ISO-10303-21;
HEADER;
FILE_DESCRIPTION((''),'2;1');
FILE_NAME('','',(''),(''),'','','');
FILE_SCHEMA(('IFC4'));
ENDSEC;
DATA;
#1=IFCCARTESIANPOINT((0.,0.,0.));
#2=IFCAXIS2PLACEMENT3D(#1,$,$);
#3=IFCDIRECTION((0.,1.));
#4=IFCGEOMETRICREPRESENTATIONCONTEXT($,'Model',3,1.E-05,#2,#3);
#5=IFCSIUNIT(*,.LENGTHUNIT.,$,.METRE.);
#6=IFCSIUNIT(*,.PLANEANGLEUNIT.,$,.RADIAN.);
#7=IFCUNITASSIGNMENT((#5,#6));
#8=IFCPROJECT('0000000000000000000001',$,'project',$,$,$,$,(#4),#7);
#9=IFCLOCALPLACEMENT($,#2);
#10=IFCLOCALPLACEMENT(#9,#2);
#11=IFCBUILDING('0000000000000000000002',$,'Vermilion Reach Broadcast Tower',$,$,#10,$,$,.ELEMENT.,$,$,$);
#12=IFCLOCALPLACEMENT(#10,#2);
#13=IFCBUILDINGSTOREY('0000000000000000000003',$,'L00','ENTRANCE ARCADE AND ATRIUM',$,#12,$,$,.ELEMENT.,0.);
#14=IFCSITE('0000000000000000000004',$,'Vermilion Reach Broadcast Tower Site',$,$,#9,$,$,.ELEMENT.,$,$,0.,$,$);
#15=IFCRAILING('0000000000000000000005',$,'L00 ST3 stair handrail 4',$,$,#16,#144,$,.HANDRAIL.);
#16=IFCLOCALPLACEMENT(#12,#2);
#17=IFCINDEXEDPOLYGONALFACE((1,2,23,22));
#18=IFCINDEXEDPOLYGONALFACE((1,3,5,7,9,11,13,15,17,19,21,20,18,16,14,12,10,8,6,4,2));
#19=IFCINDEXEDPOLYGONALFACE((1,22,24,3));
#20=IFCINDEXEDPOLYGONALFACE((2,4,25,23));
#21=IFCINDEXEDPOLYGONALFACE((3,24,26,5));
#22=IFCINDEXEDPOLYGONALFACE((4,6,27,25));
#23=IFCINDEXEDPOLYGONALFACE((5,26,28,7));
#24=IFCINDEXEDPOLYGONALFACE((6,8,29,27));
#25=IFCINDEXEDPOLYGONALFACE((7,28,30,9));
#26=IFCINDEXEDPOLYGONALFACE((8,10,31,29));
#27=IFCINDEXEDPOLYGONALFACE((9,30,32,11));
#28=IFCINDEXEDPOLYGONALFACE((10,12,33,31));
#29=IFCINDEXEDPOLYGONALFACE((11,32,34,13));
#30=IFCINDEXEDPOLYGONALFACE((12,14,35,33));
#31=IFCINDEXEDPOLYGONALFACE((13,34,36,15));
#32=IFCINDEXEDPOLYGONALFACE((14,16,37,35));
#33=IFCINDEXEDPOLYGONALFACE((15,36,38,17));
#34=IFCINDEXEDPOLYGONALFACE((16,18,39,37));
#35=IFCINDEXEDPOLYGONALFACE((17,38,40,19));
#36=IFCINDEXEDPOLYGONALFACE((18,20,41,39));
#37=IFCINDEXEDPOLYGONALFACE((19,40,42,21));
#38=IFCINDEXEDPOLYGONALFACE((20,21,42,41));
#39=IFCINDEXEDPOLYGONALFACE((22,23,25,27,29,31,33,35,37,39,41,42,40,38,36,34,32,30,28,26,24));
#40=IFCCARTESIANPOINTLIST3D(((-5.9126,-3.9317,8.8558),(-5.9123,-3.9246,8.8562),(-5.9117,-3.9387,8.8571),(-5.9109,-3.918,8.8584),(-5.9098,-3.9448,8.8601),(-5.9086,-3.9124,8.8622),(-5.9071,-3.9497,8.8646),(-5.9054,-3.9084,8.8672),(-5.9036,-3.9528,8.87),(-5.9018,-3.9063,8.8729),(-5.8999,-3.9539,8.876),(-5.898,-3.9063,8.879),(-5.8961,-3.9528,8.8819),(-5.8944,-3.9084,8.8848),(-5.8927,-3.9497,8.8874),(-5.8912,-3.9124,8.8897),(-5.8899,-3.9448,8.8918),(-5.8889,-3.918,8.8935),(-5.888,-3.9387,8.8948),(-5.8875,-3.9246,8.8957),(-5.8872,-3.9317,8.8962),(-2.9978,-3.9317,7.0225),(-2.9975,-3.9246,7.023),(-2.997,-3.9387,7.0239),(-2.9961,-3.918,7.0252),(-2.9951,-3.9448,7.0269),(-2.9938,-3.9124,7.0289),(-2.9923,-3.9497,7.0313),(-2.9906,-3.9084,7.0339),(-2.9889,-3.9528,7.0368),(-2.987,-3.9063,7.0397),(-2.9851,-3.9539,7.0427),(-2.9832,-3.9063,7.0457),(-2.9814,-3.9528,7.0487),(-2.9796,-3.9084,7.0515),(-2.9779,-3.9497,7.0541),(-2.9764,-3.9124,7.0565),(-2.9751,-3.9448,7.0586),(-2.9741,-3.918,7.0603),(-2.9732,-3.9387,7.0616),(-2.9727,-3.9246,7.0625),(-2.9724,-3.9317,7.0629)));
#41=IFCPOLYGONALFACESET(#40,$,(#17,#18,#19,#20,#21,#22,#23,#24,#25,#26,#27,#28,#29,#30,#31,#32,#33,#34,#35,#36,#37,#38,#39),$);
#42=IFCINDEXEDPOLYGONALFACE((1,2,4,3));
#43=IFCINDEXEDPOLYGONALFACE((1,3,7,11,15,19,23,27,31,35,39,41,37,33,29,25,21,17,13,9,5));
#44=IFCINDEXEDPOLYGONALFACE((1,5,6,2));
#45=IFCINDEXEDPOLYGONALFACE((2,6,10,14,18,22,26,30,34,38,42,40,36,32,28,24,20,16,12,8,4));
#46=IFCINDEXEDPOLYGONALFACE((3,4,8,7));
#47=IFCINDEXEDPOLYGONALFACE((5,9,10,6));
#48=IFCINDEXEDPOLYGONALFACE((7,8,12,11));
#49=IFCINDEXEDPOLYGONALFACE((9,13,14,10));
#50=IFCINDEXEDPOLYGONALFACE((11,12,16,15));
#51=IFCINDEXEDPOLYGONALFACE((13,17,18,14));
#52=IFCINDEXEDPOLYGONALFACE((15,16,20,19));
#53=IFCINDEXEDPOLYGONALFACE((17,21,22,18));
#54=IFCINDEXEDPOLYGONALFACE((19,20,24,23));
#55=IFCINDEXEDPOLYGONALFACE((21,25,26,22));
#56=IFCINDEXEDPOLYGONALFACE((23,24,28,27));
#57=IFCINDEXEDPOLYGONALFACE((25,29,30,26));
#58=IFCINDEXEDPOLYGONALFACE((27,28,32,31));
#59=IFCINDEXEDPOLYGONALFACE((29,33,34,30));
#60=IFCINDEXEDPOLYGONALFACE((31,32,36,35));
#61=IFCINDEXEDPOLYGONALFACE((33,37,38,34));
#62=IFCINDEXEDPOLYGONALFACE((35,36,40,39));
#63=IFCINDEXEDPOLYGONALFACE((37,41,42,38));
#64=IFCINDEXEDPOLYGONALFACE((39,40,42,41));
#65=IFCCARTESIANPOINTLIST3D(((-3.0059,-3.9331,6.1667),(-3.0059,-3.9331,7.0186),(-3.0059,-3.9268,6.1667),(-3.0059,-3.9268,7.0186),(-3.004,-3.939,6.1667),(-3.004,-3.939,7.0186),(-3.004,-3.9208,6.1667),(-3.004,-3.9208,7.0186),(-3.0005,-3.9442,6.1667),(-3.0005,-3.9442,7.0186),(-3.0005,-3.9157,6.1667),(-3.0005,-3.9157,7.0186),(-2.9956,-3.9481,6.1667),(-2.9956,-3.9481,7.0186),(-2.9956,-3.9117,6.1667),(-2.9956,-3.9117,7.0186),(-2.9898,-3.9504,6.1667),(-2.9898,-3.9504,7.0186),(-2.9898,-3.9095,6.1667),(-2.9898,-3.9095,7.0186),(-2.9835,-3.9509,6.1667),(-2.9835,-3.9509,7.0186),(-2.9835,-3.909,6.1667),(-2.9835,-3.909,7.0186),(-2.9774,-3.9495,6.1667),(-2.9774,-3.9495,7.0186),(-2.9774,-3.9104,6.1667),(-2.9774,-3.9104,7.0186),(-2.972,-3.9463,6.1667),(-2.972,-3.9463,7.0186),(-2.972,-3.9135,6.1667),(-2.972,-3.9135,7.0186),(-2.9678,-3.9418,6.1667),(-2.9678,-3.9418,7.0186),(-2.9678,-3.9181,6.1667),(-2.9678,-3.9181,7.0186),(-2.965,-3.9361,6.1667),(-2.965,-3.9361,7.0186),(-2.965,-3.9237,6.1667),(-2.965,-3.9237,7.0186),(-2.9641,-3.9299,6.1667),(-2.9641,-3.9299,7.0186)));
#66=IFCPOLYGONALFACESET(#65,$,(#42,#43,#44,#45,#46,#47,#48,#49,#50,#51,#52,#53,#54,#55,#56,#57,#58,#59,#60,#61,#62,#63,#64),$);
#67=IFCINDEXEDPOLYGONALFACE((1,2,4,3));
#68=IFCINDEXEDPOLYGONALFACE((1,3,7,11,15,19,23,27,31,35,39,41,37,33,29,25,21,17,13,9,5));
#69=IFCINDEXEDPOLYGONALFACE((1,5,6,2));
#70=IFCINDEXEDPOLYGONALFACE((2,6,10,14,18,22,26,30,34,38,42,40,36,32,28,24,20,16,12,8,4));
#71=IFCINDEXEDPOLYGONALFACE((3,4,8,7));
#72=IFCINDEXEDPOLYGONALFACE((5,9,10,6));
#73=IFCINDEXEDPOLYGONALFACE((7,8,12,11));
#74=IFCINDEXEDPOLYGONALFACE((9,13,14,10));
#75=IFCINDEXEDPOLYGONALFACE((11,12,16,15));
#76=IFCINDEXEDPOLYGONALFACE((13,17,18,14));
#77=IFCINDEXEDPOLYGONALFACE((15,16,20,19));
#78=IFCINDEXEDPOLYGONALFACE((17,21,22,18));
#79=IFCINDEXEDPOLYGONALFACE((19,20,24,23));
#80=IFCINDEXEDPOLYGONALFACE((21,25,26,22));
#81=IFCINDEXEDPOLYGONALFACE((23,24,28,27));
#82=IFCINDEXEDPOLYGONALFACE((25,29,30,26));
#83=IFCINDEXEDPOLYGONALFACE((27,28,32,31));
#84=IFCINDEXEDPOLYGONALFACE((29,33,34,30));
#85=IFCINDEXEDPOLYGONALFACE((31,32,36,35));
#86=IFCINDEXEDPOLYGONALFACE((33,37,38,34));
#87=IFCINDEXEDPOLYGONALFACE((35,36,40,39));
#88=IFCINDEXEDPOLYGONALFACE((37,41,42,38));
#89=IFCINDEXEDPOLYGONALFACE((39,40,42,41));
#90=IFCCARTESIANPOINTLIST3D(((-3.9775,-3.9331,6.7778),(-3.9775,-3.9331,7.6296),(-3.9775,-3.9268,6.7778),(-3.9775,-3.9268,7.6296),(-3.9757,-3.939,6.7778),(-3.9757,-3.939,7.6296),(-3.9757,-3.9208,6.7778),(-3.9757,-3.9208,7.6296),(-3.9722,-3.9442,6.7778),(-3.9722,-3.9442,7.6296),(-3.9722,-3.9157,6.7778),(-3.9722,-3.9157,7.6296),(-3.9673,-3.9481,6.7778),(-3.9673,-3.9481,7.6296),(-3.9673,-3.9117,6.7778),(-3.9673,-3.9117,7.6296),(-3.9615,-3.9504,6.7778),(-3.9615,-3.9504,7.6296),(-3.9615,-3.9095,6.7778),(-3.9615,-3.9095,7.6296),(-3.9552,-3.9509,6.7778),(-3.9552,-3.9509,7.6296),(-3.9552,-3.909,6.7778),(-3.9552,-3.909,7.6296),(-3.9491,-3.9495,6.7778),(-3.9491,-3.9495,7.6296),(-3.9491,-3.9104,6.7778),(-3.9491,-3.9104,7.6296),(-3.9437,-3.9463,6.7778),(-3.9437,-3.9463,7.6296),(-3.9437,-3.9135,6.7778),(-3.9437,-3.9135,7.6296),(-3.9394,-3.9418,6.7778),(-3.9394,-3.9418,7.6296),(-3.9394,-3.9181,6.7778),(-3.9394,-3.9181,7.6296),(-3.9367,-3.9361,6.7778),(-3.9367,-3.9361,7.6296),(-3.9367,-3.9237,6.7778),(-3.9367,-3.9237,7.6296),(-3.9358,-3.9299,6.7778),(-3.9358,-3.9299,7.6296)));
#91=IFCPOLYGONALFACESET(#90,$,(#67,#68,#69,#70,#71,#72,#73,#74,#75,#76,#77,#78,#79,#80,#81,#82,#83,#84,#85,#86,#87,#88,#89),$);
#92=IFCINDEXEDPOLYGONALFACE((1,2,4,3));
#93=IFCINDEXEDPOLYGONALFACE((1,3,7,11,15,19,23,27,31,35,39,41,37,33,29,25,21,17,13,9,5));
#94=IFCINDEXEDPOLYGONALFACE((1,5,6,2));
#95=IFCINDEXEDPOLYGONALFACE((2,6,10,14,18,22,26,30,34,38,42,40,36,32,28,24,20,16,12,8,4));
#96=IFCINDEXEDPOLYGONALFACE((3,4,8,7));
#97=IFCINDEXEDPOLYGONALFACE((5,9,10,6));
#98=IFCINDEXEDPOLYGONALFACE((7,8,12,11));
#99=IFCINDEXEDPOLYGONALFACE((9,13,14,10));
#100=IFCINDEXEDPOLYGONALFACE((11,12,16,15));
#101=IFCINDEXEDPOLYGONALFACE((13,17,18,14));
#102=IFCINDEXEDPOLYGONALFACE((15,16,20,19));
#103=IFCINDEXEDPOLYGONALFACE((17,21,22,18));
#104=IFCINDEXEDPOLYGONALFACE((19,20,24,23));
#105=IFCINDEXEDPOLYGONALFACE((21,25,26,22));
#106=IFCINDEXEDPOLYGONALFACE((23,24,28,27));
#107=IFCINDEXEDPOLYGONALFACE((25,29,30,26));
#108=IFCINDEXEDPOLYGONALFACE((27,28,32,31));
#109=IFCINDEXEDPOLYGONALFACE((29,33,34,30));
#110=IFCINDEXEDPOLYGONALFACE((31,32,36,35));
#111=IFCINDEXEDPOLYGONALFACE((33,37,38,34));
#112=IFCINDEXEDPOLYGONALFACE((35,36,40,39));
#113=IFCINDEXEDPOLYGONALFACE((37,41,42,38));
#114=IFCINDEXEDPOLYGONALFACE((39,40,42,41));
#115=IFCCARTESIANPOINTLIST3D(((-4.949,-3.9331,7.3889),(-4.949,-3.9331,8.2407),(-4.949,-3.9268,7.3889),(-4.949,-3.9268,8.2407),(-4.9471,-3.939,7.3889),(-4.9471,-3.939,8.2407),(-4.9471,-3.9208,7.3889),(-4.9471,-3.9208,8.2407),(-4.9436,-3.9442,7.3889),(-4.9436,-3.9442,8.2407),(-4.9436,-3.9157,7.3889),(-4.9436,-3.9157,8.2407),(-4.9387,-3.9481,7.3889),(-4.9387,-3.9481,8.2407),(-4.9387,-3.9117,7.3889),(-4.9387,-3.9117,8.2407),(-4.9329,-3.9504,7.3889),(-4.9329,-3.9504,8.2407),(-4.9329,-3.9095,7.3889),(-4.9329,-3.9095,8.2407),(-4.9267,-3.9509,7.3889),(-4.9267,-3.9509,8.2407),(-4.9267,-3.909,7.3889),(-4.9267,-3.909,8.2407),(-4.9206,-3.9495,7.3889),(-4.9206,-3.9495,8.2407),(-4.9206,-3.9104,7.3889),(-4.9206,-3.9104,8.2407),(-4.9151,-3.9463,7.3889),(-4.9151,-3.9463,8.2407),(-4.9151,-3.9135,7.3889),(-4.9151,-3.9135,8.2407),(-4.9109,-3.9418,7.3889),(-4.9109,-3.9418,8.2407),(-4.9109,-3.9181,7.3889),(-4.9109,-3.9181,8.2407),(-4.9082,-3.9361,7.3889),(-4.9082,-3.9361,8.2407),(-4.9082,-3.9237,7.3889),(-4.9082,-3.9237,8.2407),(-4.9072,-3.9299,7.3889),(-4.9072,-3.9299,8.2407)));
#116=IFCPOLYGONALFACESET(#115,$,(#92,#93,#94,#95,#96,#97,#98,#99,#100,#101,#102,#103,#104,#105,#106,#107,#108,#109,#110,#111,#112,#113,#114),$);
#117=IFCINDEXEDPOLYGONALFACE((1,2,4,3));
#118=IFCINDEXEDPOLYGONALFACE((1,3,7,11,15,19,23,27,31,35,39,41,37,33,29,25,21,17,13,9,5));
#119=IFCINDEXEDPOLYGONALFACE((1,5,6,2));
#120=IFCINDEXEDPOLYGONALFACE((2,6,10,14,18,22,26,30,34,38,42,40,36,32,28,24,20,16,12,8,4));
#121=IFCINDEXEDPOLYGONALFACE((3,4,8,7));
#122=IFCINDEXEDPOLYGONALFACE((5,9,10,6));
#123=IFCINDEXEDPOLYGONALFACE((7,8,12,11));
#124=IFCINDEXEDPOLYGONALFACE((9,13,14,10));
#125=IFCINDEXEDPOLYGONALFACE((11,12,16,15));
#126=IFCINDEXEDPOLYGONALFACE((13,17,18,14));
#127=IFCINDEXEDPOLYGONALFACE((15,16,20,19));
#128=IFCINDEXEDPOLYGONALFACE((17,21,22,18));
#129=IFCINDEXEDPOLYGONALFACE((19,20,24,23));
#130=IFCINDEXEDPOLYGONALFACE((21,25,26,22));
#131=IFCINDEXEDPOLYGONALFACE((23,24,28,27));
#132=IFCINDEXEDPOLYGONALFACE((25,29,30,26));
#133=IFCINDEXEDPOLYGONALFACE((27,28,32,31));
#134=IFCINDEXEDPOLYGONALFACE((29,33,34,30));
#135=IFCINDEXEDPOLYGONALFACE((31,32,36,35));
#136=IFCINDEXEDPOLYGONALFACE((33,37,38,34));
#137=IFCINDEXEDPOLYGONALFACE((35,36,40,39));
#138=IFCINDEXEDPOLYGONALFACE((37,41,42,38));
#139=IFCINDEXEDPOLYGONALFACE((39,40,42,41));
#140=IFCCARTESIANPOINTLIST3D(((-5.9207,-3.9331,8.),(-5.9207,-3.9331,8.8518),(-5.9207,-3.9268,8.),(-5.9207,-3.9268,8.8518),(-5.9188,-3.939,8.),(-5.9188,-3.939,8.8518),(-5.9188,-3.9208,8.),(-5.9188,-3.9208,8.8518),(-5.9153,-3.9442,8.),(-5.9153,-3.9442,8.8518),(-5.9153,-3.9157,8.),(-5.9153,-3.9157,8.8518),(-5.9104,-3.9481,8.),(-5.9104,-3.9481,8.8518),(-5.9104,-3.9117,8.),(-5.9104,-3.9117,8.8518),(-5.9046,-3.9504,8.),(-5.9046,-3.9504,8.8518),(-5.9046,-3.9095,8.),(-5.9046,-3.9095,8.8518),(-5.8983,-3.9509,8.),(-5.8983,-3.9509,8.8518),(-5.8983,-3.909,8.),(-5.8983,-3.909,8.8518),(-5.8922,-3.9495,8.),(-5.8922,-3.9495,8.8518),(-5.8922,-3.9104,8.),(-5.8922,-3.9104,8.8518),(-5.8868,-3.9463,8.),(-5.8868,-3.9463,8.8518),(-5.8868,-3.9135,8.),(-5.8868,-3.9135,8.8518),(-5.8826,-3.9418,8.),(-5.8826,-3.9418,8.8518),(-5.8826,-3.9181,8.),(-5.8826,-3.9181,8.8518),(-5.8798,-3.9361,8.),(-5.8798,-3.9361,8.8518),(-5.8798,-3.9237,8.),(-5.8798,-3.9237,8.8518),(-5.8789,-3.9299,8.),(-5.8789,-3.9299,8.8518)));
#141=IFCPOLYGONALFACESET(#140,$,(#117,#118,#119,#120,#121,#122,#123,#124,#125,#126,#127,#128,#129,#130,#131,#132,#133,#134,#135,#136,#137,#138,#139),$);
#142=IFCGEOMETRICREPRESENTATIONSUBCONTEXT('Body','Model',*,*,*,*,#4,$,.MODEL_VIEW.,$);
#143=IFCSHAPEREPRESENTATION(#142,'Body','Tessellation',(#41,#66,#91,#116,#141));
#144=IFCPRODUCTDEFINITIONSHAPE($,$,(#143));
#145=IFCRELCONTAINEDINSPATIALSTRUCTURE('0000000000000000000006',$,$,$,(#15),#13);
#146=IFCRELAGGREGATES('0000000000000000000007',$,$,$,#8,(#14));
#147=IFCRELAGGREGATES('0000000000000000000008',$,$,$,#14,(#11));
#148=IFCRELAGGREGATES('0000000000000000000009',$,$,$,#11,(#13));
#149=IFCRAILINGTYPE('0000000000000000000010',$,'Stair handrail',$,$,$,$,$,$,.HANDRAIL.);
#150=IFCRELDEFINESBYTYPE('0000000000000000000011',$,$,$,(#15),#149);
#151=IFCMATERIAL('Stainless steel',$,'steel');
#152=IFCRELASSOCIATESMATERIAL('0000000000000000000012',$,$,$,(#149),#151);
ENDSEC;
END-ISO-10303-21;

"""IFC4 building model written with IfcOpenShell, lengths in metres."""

from ifc_helpers import new_model, si_unit, direction, frame, origin, origin_2d, place, context, subcontext, project, spatial, circle, extrude, material, type_object, element, save


model = new_model("IFC4")

# Units and contexts
model_context = context("Model", 3, precision=1e-05, world=origin(), true_north=direction((0.0, 1.0)))
body_context = subcontext(model_context, "Body", "Model", "MODEL_VIEW")
ifc_project = project(units=[si_unit("LENGTHUNIT", "METRE"), si_unit("PLANEANGLEUNIT", "RADIAN")], contexts=[model_context])

# Site, building, storey
site_placement = place(None, origin())
site = spatial("IfcSite", under=ifc_project, at=site_placement, Name="Vermilion Reach Broadcast Tower Site", CompositionType="ELEMENT", RefElevation=0.0)
building_placement = place(site_placement, origin())
building = spatial("IfcBuilding", under=site, at=building_placement, Name="Vermilion Reach Broadcast Tower", CompositionType="ELEMENT")
storey_placement = place(building_placement, origin())
storey = spatial("IfcBuildingStorey", under=building, at=storey_placement, Name="L00", Description="ENTRANCE ARCADE AND ATRIUM", CompositionType="ELEMENT", Elevation=0.0)

# Railing
ifc_material_1 = material(Name="Stainless steel", Category="steel")
railing_type_1 = type_object("IfcRailingType", Name="Stair handrail", PredefinedType="HANDRAIL", material=ifc_material_1)
railing_1_placement = place(storey_placement, frame((-2.9851, -3.9299, 6.1667)))
element("IfcRailing", 1, at=railing_1_placement, inside=storey, type_object=railing_type_1, Name="L00 ST3 stair handrail 4", PredefinedType="HANDRAIL", context=body_context, shape_type="SweptSolid", body=[
    extrude(circle(Radius=0.0239, at=origin_2d()), frame((0.0, 0.0, 0.876), z_axis=(-0.846493, 0.0, 0.532399), x_axis=(0.0, -1.0, 0.0)), (0.0, 0.0, 1.0), 3.4434),
    extrude(circle(Radius=0.021, at=origin_2d()), origin(), (0.0, 0.0, 1.0), 0.8518),
    extrude(circle(Radius=0.021, at=origin_2d()), frame((-0.9717, 0.0, 0.6111)), (0.0, 0.0, 1.0), 0.8518),
    extrude(circle(Radius=0.021, at=origin_2d()), frame((-1.9431, 0.0, 1.2222)), (0.0, 0.0, 1.0), 0.8518),
    extrude(circle(Radius=0.021, at=origin_2d()), frame((-2.9148, 0.0, 1.8333)), (0.0, 0.0, 1.0), 0.8518),
])

save(model, "model.ifc")
